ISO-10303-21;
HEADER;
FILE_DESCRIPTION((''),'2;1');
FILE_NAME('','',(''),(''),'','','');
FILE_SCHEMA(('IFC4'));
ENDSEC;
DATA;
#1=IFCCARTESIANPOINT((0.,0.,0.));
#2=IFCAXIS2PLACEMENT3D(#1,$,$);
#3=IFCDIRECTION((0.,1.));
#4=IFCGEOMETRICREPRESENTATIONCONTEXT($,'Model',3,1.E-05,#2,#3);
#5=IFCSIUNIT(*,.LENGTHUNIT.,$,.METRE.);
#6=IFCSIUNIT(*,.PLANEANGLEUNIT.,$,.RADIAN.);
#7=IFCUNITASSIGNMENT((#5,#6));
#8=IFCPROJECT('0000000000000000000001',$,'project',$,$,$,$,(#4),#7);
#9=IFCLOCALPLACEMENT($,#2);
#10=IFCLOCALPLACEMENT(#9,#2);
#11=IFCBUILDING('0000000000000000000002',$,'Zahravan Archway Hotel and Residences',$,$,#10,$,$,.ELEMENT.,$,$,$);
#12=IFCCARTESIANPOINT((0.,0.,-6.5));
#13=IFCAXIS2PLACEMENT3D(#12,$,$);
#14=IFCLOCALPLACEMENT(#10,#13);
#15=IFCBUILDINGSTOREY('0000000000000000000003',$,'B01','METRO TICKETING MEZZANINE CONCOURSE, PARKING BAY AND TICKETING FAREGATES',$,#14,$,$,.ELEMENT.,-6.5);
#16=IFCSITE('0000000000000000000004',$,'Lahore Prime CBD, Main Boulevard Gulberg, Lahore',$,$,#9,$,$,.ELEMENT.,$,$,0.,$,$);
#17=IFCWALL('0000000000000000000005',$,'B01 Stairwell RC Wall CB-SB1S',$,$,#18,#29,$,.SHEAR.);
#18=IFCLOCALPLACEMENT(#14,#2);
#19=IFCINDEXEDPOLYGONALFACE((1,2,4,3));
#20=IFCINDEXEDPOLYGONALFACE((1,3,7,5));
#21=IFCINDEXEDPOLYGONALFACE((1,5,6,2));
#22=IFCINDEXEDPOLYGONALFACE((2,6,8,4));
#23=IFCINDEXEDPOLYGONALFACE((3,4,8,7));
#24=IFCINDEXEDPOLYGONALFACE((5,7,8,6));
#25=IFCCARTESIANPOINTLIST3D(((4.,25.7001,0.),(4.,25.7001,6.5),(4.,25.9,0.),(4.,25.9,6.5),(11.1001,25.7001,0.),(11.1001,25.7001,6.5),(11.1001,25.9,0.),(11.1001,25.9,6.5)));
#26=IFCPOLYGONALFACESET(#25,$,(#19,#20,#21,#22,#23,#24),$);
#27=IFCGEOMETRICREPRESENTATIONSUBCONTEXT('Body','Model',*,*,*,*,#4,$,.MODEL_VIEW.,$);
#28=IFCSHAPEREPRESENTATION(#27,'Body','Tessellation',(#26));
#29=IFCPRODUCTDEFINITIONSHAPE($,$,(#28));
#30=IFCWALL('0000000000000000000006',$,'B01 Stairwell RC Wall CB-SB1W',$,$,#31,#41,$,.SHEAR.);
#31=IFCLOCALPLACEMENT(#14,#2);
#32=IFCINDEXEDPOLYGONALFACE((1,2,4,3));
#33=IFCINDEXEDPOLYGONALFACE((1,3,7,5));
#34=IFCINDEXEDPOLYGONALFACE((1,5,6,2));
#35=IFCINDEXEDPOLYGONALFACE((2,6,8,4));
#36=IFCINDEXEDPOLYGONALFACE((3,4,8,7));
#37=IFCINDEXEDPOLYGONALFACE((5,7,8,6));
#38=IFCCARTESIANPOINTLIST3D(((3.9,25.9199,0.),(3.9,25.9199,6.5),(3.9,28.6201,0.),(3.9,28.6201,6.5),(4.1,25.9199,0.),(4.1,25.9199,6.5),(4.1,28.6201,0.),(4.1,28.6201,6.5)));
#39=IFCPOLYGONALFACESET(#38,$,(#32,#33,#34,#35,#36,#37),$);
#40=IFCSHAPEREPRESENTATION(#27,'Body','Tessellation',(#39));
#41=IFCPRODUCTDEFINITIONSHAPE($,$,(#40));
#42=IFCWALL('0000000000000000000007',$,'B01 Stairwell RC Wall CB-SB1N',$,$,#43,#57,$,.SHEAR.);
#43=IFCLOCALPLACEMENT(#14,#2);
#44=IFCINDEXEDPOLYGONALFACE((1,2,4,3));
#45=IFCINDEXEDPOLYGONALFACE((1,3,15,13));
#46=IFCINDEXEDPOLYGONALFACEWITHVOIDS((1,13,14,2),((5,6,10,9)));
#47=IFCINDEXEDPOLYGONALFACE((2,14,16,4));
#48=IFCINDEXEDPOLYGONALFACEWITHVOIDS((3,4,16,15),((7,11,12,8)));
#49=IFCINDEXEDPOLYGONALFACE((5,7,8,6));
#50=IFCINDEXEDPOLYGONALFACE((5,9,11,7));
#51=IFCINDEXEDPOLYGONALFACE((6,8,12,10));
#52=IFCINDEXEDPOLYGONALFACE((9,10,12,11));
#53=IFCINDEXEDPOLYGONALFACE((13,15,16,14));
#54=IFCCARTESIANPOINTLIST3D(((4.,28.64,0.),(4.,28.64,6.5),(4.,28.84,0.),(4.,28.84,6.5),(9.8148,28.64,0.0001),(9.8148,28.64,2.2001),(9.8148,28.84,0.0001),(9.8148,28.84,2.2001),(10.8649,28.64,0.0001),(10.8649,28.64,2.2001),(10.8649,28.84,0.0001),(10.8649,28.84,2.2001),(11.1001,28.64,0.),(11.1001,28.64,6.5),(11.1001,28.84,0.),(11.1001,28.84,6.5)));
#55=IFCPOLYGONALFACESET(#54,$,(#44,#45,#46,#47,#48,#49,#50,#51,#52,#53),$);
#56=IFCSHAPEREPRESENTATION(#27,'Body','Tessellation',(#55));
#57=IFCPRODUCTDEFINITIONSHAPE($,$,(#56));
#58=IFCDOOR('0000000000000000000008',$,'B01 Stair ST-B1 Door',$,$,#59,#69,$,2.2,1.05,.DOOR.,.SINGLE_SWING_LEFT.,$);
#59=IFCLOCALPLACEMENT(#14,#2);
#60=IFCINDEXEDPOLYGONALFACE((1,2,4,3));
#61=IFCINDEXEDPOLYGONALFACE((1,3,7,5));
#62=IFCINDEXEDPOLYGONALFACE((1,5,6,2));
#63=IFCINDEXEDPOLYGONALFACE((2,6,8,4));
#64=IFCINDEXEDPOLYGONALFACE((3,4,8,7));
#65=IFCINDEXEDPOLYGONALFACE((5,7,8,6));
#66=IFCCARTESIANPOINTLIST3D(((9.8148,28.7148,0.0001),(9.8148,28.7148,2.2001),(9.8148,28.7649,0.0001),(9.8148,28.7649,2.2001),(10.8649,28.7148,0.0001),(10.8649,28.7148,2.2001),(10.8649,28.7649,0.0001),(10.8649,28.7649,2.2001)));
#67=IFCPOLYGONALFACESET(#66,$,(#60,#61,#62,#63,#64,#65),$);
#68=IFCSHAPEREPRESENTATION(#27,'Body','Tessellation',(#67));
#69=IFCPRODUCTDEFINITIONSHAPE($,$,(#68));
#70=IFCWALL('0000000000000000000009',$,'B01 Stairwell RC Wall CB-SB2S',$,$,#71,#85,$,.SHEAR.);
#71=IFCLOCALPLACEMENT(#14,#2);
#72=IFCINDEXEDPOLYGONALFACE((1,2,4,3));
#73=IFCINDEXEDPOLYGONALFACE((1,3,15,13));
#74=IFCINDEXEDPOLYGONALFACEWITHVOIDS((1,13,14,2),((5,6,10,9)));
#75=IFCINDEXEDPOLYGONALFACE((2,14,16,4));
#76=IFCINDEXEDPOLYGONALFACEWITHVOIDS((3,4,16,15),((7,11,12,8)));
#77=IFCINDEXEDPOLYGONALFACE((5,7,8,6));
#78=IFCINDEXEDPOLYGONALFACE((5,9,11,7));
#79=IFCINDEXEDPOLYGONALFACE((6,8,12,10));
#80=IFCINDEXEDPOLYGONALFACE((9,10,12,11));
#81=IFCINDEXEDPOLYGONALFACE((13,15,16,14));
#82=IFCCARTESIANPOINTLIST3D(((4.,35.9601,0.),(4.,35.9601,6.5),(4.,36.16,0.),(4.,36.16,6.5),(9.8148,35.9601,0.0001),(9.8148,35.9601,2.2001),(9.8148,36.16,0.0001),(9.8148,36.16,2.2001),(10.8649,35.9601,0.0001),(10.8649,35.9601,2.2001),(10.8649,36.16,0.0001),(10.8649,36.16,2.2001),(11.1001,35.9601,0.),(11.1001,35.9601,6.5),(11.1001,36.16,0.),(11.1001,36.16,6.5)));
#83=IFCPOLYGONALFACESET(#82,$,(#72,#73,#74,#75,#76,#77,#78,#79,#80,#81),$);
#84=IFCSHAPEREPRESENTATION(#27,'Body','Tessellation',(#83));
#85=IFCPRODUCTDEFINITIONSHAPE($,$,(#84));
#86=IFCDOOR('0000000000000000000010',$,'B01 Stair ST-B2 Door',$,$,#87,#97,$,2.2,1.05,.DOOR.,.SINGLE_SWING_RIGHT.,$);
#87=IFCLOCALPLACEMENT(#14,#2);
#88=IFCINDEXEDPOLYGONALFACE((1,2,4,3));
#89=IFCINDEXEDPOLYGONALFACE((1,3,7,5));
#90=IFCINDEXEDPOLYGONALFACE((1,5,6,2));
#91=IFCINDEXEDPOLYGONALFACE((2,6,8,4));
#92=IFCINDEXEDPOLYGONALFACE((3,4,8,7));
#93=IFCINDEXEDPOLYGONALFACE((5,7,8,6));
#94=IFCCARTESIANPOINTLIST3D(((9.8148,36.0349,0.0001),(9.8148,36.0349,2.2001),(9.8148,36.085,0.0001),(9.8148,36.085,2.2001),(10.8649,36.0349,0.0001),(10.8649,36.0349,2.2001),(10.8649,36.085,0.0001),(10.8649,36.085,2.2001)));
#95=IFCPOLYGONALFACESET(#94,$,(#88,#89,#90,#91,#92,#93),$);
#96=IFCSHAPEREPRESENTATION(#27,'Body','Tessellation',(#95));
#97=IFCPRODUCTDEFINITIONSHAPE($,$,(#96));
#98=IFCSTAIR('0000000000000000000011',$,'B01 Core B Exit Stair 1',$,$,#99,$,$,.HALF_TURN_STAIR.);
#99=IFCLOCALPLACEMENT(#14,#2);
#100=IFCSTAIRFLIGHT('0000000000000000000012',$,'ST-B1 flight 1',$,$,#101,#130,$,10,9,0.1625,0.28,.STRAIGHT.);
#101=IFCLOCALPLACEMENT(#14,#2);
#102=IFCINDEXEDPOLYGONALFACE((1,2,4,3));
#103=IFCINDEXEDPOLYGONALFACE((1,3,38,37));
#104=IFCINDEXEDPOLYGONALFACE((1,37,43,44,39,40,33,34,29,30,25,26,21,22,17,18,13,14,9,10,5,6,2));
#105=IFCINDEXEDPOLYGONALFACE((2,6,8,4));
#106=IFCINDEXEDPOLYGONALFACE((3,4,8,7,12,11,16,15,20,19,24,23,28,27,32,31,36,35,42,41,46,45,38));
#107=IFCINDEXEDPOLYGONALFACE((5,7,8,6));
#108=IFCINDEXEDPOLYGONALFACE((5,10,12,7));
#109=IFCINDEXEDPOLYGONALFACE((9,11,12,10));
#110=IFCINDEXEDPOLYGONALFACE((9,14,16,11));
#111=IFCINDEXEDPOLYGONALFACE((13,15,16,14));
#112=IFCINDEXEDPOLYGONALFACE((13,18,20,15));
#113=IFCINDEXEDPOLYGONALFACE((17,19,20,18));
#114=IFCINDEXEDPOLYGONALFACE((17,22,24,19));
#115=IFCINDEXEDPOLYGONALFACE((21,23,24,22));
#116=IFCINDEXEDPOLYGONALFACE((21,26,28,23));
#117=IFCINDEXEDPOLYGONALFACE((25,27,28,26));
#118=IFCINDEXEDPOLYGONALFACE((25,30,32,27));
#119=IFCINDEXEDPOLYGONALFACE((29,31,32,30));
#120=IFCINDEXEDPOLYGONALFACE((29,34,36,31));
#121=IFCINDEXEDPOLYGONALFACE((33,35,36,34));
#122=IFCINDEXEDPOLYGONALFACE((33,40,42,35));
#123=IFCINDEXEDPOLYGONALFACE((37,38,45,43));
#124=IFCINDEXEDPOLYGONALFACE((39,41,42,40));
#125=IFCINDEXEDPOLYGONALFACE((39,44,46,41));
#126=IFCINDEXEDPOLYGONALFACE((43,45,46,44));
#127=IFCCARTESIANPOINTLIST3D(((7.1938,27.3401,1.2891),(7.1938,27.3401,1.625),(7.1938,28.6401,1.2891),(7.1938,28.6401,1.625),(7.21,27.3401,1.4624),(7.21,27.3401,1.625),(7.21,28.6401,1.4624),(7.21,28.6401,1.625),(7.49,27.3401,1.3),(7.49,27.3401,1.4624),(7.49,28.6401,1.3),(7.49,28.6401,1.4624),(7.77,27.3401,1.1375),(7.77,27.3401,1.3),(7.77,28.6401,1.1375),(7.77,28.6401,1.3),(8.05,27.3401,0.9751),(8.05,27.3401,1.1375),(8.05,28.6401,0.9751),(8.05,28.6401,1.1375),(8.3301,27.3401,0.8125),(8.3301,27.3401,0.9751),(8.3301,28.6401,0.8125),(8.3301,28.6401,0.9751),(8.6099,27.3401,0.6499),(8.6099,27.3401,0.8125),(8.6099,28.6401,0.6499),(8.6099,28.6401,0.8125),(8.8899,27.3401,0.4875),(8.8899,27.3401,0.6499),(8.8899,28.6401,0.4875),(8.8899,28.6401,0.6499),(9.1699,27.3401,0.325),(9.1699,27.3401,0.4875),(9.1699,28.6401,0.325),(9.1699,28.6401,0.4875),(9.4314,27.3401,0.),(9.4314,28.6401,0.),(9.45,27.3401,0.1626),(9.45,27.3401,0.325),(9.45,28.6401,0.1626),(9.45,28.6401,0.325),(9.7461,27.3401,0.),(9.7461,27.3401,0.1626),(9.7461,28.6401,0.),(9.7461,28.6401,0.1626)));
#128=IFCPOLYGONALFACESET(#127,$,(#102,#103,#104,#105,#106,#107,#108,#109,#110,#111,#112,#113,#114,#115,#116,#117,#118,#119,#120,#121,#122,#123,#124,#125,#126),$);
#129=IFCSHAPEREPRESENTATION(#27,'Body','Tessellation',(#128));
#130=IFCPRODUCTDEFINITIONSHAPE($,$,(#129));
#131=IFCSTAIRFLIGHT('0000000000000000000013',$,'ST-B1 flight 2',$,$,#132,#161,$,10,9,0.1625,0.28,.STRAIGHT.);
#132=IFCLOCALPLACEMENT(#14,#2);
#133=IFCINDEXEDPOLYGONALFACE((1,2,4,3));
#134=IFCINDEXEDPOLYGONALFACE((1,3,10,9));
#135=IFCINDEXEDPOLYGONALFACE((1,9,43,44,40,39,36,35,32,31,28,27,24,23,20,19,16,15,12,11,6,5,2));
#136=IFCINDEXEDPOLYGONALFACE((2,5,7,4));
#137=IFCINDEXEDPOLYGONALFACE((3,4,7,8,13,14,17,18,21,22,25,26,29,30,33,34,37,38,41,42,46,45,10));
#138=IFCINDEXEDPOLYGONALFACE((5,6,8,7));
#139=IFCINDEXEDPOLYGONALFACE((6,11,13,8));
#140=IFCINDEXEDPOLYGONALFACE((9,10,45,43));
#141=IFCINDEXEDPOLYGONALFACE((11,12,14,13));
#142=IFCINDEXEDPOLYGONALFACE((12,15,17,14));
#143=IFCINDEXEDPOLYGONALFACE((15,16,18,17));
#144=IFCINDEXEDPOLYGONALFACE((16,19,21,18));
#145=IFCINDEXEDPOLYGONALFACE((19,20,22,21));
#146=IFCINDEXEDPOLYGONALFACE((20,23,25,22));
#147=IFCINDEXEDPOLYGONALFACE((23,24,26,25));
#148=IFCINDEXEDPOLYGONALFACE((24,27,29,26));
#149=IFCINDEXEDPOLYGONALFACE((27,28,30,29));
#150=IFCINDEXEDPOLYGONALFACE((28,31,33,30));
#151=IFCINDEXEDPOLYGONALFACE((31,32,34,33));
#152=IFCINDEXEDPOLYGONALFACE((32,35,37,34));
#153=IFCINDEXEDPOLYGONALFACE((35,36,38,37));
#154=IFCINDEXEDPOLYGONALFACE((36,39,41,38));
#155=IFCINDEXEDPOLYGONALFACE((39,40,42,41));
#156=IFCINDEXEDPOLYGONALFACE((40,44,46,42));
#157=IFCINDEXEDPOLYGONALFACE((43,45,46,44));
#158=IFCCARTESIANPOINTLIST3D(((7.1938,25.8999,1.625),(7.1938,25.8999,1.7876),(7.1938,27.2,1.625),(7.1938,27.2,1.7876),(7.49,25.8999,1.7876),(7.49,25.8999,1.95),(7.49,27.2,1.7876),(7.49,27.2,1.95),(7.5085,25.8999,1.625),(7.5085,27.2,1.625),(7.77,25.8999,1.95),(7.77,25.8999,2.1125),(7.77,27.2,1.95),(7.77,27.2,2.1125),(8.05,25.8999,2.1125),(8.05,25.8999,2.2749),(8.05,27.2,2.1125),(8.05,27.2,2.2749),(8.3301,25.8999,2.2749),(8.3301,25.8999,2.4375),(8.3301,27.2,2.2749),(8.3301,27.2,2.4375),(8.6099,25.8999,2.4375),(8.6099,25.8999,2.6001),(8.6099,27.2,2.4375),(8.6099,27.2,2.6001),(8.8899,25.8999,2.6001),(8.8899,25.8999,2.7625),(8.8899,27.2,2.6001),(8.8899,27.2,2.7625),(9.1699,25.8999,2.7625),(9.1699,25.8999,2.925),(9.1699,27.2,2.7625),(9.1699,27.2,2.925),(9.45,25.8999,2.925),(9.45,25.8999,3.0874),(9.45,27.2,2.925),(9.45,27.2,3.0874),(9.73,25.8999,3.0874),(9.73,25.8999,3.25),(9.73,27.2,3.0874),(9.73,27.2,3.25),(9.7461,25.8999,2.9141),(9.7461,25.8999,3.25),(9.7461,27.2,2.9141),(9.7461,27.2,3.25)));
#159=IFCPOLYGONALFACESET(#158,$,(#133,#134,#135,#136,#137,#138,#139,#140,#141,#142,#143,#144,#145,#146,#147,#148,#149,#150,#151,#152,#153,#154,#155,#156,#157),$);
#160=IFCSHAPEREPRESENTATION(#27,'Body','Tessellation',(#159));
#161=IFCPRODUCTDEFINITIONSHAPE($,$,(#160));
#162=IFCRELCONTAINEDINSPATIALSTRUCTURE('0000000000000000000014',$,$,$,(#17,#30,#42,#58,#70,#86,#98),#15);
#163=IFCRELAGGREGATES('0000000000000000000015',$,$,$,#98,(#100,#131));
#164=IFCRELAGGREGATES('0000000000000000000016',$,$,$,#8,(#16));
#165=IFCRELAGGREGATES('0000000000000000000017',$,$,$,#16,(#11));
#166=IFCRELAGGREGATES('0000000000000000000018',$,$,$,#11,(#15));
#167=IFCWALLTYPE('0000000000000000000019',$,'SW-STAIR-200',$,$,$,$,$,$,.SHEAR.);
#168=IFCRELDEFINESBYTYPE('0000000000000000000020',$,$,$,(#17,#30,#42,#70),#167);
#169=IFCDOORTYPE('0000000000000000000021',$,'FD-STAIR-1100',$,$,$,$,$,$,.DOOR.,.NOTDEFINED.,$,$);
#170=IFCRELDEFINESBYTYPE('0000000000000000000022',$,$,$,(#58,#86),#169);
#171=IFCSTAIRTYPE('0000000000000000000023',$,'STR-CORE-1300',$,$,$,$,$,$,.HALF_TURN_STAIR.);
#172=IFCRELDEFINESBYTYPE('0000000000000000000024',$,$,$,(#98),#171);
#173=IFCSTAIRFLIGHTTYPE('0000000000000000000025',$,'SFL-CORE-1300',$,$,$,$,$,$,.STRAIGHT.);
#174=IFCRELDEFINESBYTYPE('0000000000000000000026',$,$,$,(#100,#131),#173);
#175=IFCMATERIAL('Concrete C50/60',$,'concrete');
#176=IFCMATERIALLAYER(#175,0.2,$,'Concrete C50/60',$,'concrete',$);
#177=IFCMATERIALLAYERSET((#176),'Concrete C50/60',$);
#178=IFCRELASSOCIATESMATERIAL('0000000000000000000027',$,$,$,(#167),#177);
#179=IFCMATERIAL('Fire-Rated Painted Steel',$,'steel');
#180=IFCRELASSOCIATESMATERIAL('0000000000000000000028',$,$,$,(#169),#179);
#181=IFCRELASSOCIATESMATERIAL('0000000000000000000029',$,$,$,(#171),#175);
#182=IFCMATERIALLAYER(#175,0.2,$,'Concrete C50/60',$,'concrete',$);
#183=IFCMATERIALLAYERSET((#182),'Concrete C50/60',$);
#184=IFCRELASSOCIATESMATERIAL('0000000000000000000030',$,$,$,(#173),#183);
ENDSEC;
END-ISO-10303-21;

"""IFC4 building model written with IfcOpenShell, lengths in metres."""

from ifc_helpers import new_model, si_unit, direction, frame, frame_2d, origin, place, context, subcontext, project, spatial, polyline, rectangle, outline, extrude, source, transform, mapped, material, layer, layer_set, type_object, type_shapes, element, fill, aggregate, save


model = new_model("IFC4")

# Units and contexts
model_context = context("Model", 3, precision=1e-05, world=origin(), true_north=direction((0.0, 1.0)))
body_context = subcontext(model_context, "Body", "Model", "MODEL_VIEW")
ifc_project = project(units=[si_unit("LENGTHUNIT", "METRE"), si_unit("PLANEANGLEUNIT", "RADIAN")], contexts=[model_context])

# Site, building, storey
site_placement = place(None, origin())
site = spatial("IfcSite", under=ifc_project, at=site_placement, Name="Lahore Prime CBD, Main Boulevard Gulberg, Lahore", CompositionType="ELEMENT", RefElevation=0.0)
building_placement = place(site_placement, origin())
building = spatial("IfcBuilding", under=site, at=building_placement, Name="Zahravan Archway Hotel and Residences", CompositionType="ELEMENT")
storey_placement = place(building_placement, frame((0.0, 0.0, -6.5)))
storey = spatial("IfcBuildingStorey", under=building, at=storey_placement, Name="B01", Description="METRO TICKETING MEZZANINE CONCOURSE, PARKING BAY AND TICKETING FAREGATES", CompositionType="ELEMENT", Elevation=-6.5)

# Shared definitions
ifc_material_1 = material(Name="Concrete C50/60", Category="concrete")

# Shared definitions
ifc_material_2 = material(Name="Fire-Rated Painted Steel", Category="steel")

# Walls
ifc_layer_1 = layer(ifc_material_1, 0.2, Name="Concrete C50/60", Category="concrete")
ifc_layer_set_1 = layer_set([ifc_layer_1], Name="Concrete C50/60")
wall_type_1 = type_object("IfcWallType", Name="SW-STAIR-200", PredefinedType="SHEAR", material=ifc_layer_set_1)
wall_1_placement = place(storey_placement, frame((4.0, 25.8, 0.0), z_axis=(0.0, 0.0, 1.0), x_axis=(1.0, 0.0, 0.0)))
element("IfcWall", 1, at=wall_1_placement, inside=storey, type_object=wall_type_1, Name="B01 Stairwell RC Wall CB-SB1S", PredefinedType="SHEAR", context=body_context, shape_type="SweptSolid", body=[
    extrude(rectangle(XDim=7.1001, YDim=0.2, at=frame_2d((3.55, 0.0))), origin(), (0.0, 0.0, 1.0), 6.5),
])
wall_2_placement = place(storey_placement, frame((4.0, 25.9199, 0.0), z_axis=(0.0, 0.0, 1.0), x_axis=(0.0, 1.0, 0.0)))
element("IfcWall", 2, at=wall_2_placement, inside=storey, type_object=wall_type_1, Name="B01 Stairwell RC Wall CB-SB1W", PredefinedType="SHEAR", context=body_context, shape_type="SweptSolid", body=[
    extrude(rectangle(XDim=2.7002, YDim=0.2, at=frame_2d((1.3501, 0.0))), origin(), (0.0, 0.0, 1.0), 6.5),
])

# Walls, openings, doors
wall_3_placement = place(storey_placement, frame((4.0, 28.74, 0.0), z_axis=(0.0, 0.0, 1.0), x_axis=(1.0, 0.0, 0.0)))
wall_3 = element("IfcWall", 3, at=wall_3_placement, inside=storey, type_object=wall_type_1, Name="B01 Stairwell RC Wall CB-SB1N", PredefinedType="SHEAR", context=body_context, shape_type="SweptSolid", body=[
    extrude(rectangle(XDim=7.1001, YDim=0.2, at=frame_2d((3.55, 0.0))), origin(), (0.0, 0.0, 1.0), 6.5),
])
opening_1_placement = place(wall_3_placement, frame((5.8149, 0.0, 0.0)))
opening_1 = element("IfcOpeningElement", 4, at=opening_1_placement, cuts=wall_3, PredefinedType="OPENING", context=body_context, shape_type="SweptSolid", body=[
    extrude(rectangle(XDim=1.05, YDim=2.2, at=frame_2d((0.5249, 1.1001))), frame((0.0, 0.1099, 0.0), z_axis=(0.0, -1.0, 0.0), x_axis=(1.0, 0.0, 0.0)), (0.0, 0.0, 1.0), 0.22),
])
door_type_1 = type_object("IfcDoorType", Name="FD-STAIR-1100", OperationType="NOTDEFINED", PredefinedType="DOOR", material=ifc_material_2)
shared_shape_1 = source(origin(), body_context, "Body", "SweptSolid", [
    extrude(rectangle(XDim=1.05, YDim=2.2, at=frame_2d((0.5249, 1.1001))), frame((0.0, 0.0249, 0.0), z_axis=(0.0, -1.0, 0.0), x_axis=(1.0, 0.0, 0.0)), (0.0, 0.0, 1.0), 0.05),
])
type_shapes(door_type_1, [shared_shape_1])
door_1_placement = place(opening_1_placement, origin())
door_1 = element("IfcDoor", 5, at=door_1_placement, inside=storey, type_object=door_type_1, Name="B01 Stair ST-B1 Door", OperationType="SINGLE_SWING_LEFT", OverallHeight=2.2, OverallWidth=1.05, PredefinedType="DOOR", context=body_context, shape_type="MappedRepresentation", body=[
    mapped(shared_shape_1, transform((0.0, 0.0, 0.0), scale=1.0)),
])
fill(opening_1, door_1)
wall_4_placement = place(storey_placement, frame((4.0, 36.0601, 0.0), z_axis=(0.0, 0.0, 1.0), x_axis=(1.0, 0.0, 0.0)))
wall_4 = element("IfcWall", 6, at=wall_4_placement, inside=storey, type_object=wall_type_1, Name="B01 Stairwell RC Wall CB-SB2S", PredefinedType="SHEAR", context=body_context, shape_type="SweptSolid", body=[
    extrude(rectangle(XDim=7.1001, YDim=0.2, at=frame_2d((3.55, 0.0))), origin(), (0.0, 0.0, 1.0), 6.5),
])
opening_2_placement = place(wall_4_placement, frame((5.8149, 0.0, 0.0)))
opening_2 = element("IfcOpeningElement", 7, at=opening_2_placement, cuts=wall_4, PredefinedType="OPENING", context=body_context, shape_type="SweptSolid", body=[
    extrude(rectangle(XDim=1.05, YDim=2.2, at=frame_2d((0.5249, 1.1001))), frame((0.0, 0.1099, 0.0), z_axis=(0.0, -1.0, 0.0), x_axis=(1.0, 0.0, 0.0)), (0.0, 0.0, 1.0), 0.22),
])
door_2_placement = place(opening_2_placement, origin())
door_2 = element("IfcDoor", 8, at=door_2_placement, inside=storey, type_object=door_type_1, Name="B01 Stair ST-B2 Door", OperationType="SINGLE_SWING_RIGHT", OverallHeight=2.2, OverallWidth=1.05, PredefinedType="DOOR", context=body_context, shape_type="MappedRepresentation", body=[
    mapped(shared_shape_1, transform((0.0, 0.0, 0.0), scale=1.0)),
])
fill(opening_2, door_2)

# Stair, stair flights
stair_type = type_object("IfcStairType", Name="STR-CORE-1300", PredefinedType="HALF_TURN_STAIR", material=ifc_material_1)
stair_placement = place(storey_placement, origin())
stair = element("IfcStair", 9, at=stair_placement, inside=storey, type_object=stair_type, Name="B01 Core B Exit Stair 1", PredefinedType="HALF_TURN_STAIR")
ifc_layer_2 = layer(ifc_material_1, 0.2, Name="Concrete C50/60", Category="concrete")
ifc_layer_set_2 = layer_set([ifc_layer_2], Name="Concrete C50/60")
stair_flight_type = type_object("IfcStairFlightType", Name="SFL-CORE-1300", PredefinedType="STRAIGHT", material=ifc_layer_set_2)
shared_shape_2 = source(origin(), body_context, "Body", "SweptSolid", [
    extrude(outline(polyline([(-0.0161, 0.0), (-0.0161, 0.1626), (0.28, 0.1626), (0.28, 0.325), (0.5601, 0.325), (0.5601, 0.4875), (0.8401, 0.4875), (0.8401, 0.6499), (1.1201, 0.6499), (1.1201, 0.8125), (1.3999, 0.8125), (1.3999, 0.9751), (1.6799, 0.9751), (1.6799, 1.1375), (1.96, 1.1375), (1.96, 1.3), (2.24, 1.3), (2.24, 1.4624), (2.52, 1.4624), (2.52, 1.625), (2.5361, 1.625), (2.5361, 1.2891), (0.2986, 0.0), (-0.0161, 0.0)])), frame((0.0, 0.6499, 0.0), z_axis=(0.0, -1.0, 0.0), x_axis=(1.0, 0.0, 0.0)), (0.0, 0.0, 1.0), 1.3),
])
type_shapes(stair_flight_type, [shared_shape_2])
stair_flight_1_placement = place(storey_placement, frame((9.73, 27.99, 0.0), z_axis=(0.0, 0.0, 1.0), x_axis=(-1.0, 0.0, 0.0)))
stair_flight_1 = element("IfcStairFlight", 10, at=stair_flight_1_placement, type_object=stair_flight_type, Name="ST-B1 flight 1", NumberOfRisers=10, NumberOfTreads=9, PredefinedType="STRAIGHT", RiserHeight=0.1625, TreadLength=0.28, context=body_context, shape_type="MappedRepresentation", body=[
    mapped(shared_shape_2, transform((0.0, 0.0, 0.0), scale=1.0)),
])
stair_flight_2_placement = place(storey_placement, frame((7.21, 26.55, 1.625), z_axis=(0.0, 0.0, 1.0), x_axis=(1.0, 0.0, 0.0)))
stair_flight_2 = element("IfcStairFlight", 11, at=stair_flight_2_placement, type_object=stair_flight_type, Name="ST-B1 flight 2", NumberOfRisers=10, NumberOfTreads=9, PredefinedType="STRAIGHT", RiserHeight=0.1625, TreadLength=0.28, context=body_context, shape_type="MappedRepresentation", body=[
    mapped(shared_shape_2, transform((0.0, 0.0, 0.0), scale=1.0)),
])
aggregate(stair, [stair_flight_1, stair_flight_2])

save(model, "model.ifc")
